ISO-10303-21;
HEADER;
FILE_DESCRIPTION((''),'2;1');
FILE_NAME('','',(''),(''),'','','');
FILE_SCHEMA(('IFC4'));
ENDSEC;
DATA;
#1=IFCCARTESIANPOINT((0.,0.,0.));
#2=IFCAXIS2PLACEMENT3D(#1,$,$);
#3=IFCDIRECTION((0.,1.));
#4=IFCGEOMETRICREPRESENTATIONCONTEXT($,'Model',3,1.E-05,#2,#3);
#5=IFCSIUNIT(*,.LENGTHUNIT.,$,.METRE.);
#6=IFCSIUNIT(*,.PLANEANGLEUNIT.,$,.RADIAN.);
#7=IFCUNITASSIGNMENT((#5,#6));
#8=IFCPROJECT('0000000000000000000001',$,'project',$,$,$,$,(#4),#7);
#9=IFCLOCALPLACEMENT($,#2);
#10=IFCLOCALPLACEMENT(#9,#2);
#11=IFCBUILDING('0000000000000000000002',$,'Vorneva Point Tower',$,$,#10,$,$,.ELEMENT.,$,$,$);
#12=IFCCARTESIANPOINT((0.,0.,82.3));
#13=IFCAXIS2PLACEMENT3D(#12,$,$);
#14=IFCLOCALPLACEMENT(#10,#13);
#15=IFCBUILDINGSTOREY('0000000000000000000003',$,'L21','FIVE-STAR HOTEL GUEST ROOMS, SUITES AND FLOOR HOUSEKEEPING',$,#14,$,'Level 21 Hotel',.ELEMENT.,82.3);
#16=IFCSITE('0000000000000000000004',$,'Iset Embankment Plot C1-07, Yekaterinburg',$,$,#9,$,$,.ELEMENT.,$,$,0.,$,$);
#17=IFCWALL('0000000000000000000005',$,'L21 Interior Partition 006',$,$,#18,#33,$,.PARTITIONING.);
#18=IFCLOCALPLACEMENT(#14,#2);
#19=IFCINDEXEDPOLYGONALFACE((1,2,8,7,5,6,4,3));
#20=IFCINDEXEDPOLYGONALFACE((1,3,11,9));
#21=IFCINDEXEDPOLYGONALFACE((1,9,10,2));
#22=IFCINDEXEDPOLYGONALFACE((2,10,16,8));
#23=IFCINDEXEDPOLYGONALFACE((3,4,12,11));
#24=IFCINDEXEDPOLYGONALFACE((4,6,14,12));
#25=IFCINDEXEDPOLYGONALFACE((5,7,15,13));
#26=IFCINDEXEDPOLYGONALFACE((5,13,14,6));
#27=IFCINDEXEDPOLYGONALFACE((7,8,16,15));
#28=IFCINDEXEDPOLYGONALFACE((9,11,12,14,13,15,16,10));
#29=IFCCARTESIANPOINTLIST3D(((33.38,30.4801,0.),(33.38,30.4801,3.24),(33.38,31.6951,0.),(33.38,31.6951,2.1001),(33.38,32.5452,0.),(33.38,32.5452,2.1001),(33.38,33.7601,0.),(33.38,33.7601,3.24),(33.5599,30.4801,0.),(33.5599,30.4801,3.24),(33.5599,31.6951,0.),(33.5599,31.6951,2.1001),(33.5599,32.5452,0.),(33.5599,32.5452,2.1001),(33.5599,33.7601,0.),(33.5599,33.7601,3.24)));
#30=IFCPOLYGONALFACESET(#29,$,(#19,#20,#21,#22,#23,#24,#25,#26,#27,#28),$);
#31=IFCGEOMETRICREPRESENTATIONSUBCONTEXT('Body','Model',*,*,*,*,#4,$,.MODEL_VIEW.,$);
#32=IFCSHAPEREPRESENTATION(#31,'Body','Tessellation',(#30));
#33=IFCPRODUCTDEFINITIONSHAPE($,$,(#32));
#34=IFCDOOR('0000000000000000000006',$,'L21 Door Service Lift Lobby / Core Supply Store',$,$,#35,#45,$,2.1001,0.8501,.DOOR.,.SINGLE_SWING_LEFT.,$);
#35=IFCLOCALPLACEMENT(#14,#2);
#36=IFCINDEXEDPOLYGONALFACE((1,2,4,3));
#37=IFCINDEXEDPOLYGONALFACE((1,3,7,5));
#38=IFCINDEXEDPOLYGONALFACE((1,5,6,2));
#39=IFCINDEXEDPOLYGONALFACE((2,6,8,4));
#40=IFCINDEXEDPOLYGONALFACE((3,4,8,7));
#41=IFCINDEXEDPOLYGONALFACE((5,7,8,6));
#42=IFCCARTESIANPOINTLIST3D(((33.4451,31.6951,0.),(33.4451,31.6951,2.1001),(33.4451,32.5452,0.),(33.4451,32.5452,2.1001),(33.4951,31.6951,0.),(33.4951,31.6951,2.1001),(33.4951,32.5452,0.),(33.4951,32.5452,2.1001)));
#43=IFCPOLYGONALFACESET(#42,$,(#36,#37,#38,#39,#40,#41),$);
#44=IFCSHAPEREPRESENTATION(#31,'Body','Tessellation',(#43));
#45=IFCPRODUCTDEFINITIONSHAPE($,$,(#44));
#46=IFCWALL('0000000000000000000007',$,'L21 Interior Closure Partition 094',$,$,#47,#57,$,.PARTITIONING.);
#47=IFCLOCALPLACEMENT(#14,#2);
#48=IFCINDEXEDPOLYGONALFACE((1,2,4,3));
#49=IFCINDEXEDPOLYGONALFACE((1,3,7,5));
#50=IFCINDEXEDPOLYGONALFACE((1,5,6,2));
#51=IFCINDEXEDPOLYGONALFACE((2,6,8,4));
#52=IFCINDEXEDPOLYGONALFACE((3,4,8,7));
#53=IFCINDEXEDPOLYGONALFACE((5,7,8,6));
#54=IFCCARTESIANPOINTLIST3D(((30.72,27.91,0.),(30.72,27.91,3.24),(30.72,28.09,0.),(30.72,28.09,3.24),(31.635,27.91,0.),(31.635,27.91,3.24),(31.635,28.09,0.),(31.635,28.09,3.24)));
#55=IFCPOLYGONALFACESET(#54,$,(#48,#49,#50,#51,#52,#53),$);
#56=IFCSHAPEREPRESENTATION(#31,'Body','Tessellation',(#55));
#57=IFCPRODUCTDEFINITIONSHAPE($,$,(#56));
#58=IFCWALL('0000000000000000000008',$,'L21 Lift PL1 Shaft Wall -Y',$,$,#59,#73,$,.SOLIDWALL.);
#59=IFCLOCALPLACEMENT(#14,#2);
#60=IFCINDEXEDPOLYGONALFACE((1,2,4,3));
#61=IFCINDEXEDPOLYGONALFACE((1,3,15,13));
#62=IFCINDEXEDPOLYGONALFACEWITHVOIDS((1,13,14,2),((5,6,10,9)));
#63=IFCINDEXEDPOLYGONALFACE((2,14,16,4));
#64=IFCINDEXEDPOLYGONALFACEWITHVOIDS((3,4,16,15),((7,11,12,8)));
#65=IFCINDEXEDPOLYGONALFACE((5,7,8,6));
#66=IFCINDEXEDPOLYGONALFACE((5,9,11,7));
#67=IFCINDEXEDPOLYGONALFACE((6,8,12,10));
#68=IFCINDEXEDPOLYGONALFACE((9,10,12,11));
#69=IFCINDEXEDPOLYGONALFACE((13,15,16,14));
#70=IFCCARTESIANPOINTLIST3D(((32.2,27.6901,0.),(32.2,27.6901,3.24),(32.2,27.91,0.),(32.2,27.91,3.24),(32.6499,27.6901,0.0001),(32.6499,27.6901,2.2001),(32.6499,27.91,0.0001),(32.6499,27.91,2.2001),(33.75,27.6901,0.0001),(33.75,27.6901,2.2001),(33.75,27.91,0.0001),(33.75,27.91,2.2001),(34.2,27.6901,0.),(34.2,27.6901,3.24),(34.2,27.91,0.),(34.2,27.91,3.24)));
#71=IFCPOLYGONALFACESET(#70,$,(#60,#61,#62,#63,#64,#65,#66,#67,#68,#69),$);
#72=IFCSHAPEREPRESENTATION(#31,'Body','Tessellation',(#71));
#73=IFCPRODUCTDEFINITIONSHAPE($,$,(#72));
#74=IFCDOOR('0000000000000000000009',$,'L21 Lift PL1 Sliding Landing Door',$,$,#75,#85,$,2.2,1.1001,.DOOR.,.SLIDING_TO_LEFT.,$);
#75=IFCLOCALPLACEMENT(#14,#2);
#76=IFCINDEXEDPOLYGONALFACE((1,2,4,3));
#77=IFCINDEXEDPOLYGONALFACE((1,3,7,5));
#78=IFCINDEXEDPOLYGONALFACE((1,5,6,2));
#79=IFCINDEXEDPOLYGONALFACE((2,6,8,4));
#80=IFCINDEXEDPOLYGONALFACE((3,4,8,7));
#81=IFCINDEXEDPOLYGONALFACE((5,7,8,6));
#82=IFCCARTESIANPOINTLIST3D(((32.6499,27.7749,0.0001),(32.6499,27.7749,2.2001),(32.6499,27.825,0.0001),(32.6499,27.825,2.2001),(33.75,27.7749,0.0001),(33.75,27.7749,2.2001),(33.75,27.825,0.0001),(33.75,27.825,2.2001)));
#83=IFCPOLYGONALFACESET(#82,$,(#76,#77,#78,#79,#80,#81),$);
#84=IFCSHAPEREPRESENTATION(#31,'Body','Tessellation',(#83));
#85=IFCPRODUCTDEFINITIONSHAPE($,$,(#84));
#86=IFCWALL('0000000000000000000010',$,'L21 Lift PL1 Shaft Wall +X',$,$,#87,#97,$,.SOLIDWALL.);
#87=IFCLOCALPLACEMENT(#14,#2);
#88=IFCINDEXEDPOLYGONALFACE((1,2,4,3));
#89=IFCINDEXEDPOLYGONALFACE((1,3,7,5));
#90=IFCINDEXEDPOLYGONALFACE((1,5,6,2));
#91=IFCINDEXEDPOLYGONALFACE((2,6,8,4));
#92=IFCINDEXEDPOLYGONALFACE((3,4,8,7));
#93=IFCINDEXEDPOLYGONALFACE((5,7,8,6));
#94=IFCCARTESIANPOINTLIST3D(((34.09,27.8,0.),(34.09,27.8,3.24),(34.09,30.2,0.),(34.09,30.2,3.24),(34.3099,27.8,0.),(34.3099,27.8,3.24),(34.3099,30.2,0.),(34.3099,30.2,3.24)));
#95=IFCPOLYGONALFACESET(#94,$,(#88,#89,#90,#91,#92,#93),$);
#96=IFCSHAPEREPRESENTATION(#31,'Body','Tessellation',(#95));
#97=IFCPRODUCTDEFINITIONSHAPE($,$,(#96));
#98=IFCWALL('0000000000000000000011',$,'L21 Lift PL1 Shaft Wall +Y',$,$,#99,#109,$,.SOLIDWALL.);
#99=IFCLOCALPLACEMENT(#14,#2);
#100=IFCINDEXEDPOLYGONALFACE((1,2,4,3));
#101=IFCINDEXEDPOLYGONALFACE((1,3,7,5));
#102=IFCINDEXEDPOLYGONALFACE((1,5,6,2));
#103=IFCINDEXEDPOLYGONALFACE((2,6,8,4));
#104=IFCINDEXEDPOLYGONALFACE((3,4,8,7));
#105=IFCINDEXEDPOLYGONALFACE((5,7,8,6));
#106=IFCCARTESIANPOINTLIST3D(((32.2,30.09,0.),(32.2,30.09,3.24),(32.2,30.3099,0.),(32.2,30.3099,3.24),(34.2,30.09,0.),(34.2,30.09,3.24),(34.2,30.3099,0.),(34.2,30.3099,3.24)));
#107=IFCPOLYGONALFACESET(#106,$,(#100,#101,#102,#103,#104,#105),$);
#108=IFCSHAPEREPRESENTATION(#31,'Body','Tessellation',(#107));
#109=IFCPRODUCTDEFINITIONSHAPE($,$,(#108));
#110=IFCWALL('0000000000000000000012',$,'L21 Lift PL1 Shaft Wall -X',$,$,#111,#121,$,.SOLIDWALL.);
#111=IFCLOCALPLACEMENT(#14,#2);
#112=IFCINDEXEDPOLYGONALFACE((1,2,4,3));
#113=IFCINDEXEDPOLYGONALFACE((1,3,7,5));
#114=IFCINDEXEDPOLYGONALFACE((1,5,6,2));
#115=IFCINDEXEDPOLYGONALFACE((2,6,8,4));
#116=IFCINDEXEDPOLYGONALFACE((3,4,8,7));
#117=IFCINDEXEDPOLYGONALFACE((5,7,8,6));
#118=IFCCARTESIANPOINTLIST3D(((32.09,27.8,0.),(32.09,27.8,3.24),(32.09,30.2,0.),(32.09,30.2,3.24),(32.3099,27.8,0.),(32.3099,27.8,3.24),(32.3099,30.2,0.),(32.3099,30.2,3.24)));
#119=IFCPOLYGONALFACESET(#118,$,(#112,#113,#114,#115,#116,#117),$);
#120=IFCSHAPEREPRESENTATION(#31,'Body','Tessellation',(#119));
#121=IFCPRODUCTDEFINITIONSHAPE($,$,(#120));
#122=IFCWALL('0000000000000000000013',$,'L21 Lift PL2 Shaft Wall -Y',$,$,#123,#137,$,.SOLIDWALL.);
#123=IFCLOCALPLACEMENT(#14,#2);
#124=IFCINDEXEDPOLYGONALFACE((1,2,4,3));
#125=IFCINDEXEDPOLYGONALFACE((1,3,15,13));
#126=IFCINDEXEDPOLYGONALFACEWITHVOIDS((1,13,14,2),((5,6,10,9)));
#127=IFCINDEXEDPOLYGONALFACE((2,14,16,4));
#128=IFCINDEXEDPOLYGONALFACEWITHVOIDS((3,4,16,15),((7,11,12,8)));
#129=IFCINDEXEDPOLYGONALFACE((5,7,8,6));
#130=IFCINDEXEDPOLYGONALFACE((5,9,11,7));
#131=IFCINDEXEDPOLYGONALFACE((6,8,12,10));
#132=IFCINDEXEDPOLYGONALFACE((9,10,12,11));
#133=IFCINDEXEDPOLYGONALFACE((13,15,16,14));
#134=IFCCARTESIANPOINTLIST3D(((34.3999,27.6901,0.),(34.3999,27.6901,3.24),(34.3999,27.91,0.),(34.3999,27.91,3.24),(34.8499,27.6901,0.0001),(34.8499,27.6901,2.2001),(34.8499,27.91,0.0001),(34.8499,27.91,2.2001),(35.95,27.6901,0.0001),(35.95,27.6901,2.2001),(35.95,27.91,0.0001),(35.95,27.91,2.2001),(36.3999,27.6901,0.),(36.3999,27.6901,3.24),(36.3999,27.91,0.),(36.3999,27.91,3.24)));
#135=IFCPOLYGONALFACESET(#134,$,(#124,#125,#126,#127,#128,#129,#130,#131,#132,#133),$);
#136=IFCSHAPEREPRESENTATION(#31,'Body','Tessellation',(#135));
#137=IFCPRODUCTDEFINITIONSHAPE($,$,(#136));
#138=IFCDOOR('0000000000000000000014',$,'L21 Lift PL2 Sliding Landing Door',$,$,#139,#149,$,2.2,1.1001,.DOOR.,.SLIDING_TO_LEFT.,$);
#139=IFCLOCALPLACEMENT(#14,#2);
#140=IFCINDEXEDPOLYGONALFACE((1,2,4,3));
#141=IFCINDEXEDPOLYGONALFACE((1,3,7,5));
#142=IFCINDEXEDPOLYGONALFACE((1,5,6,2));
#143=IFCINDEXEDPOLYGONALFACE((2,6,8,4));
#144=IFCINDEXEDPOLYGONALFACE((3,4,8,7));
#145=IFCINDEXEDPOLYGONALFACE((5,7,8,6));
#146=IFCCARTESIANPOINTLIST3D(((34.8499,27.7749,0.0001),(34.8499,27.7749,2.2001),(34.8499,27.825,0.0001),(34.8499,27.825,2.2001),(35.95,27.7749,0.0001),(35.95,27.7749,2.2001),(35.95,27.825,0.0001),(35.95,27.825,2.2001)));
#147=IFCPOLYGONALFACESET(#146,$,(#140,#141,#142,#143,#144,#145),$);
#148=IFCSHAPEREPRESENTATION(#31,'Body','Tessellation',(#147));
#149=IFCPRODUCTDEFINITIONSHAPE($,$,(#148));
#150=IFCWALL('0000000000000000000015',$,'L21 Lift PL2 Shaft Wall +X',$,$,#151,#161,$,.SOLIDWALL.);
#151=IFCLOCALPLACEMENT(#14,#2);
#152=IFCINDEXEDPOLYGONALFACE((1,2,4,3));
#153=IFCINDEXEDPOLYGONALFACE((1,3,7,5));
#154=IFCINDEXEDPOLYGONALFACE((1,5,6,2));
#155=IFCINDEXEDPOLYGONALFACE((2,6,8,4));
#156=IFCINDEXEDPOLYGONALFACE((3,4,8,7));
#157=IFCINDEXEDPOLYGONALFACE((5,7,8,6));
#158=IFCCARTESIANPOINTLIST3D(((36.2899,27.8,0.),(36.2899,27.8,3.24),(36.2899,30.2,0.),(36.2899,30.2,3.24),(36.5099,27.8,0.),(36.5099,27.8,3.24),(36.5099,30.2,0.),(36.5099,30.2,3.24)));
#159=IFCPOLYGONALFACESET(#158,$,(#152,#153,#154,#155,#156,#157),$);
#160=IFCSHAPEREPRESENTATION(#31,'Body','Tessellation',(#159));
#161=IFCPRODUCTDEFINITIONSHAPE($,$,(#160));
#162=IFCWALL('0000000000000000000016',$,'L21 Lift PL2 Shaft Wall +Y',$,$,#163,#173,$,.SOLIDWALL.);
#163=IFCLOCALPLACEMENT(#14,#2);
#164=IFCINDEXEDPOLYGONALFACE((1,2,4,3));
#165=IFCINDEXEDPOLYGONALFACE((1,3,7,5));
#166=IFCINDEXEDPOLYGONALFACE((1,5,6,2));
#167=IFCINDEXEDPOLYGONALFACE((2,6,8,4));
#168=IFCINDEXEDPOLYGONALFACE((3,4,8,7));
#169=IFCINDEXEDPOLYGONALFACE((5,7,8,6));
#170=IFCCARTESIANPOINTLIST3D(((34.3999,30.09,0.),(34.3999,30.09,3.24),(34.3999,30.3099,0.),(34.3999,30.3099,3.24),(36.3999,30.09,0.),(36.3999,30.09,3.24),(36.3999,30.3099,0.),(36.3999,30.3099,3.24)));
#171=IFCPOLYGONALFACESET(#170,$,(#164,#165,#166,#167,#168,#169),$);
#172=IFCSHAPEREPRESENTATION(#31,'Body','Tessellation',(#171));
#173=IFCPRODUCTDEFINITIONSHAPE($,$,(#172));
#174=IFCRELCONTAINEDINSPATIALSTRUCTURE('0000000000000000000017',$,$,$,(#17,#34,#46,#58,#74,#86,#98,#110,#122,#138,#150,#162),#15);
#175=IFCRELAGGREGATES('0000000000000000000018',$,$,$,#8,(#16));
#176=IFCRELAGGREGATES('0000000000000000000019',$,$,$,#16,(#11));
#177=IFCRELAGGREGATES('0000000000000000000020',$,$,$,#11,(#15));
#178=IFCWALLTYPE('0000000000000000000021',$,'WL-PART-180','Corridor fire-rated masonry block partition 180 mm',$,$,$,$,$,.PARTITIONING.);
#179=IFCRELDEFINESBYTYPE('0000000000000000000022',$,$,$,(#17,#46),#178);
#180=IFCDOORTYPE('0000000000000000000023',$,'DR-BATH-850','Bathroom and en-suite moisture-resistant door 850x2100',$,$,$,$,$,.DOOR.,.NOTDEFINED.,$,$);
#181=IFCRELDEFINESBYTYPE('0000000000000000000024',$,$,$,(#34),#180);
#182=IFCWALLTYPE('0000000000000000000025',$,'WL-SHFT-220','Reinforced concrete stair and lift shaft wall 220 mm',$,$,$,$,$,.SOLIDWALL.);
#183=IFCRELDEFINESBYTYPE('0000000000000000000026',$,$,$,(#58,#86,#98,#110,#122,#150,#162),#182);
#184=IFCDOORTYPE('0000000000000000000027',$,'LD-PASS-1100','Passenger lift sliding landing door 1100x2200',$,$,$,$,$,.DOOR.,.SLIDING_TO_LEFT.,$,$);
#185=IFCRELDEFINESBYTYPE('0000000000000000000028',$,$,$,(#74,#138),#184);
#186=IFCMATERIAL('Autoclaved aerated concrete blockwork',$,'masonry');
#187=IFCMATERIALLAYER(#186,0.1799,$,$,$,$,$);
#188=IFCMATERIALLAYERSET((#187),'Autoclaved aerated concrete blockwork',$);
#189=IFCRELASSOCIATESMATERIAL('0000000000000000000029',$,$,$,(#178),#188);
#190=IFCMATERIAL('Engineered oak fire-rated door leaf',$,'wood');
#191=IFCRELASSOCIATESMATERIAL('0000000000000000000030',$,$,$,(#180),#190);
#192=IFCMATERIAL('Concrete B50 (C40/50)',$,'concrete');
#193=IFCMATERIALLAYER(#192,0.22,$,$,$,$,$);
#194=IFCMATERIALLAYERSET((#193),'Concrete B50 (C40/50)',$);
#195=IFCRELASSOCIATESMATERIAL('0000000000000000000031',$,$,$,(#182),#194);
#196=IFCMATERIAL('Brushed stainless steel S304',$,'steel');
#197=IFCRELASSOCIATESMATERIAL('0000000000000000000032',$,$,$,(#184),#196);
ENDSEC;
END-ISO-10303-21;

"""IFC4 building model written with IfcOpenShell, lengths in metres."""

from ifc_helpers import new_model, si_unit, direction, frame, frame_2d, origin, place, context, subcontext, project, spatial, rectangle, extrude, material, layer, layer_set, type_object, element, fill, save


model = new_model("IFC4")

# Units and contexts
model_context = context("Model", 3, precision=1e-05, world=origin(), true_north=direction((0.0, 1.0)))
body_context = subcontext(model_context, "Body", "Model", "MODEL_VIEW")
ifc_project = project(units=[si_unit("LENGTHUNIT", "METRE"), si_unit("PLANEANGLEUNIT", "RADIAN")], contexts=[model_context])

# Site, building, storey
site_placement = place(None, origin())
site = spatial("IfcSite", under=ifc_project, at=site_placement, Name="Iset Embankment Plot C1-07, Yekaterinburg", CompositionType="ELEMENT", RefElevation=0.0)
building_placement = place(site_placement, origin())
building = spatial("IfcBuilding", under=site, at=building_placement, Name="Vorneva Point Tower", CompositionType="ELEMENT")
storey_placement = place(building_placement, frame((0.0, 0.0, 82.3)))
storey = spatial("IfcBuildingStorey", under=building, at=storey_placement, Name="L21", Description="FIVE-STAR HOTEL GUEST ROOMS, SUITES AND FLOOR HOUSEKEEPING", LongName="Level 21 Hotel", CompositionType="ELEMENT", Elevation=82.3)

# Shared definitions
ifc_material_1 = material(Name="Brushed stainless steel S304", Category="steel")

# Wall, opening, door
ifc_material_2 = material(Name="Autoclaved aerated concrete blockwork", Category="masonry")
ifc_layer_1 = layer(ifc_material_2, 0.1799)
ifc_layer_set_1 = layer_set([ifc_layer_1], Name="Autoclaved aerated concrete blockwork")
wall_type_1 = type_object("IfcWallType", Name="WL-PART-180", Description="Corridor fire-rated masonry block partition 180 mm", PredefinedType="PARTITIONING", material=ifc_layer_set_1)
wall_1_placement = place(storey_placement, frame((33.47, 30.48, 0.0), z_axis=(0.0, 0.0, 1.0), x_axis=(0.0, 1.0, 0.0)))
wall_1 = element("IfcWall", 1, at=wall_1_placement, inside=storey, type_object=wall_type_1, Name="L21 Interior Partition 006", PredefinedType="PARTITIONING", context=body_context, shape_type="SweptSolid", body=[
    extrude(rectangle(XDim=3.28, YDim=0.1799, at=frame_2d((1.6401, 0.0))), origin(), (0.0, 0.0, 1.0), 3.24),
])
opening_1_placement = place(wall_1_placement, frame((1.2151, 0.0, 0.0)))
opening_1 = element("IfcOpeningElement", 2, at=opening_1_placement, cuts=wall_1, PredefinedType="OPENING", context=body_context, shape_type="SweptSolid", body=[
    extrude(rectangle(XDim=0.8501, YDim=2.1001, at=frame_2d((0.425, 1.05))), frame((0.0, 0.105, 0.0), z_axis=(0.0, -1.0, 0.0), x_axis=(1.0, 0.0, 0.0)), (0.0, 0.0, 1.0), 0.2097),
])
ifc_material_3 = material(Name="Engineered oak fire-rated door leaf", Category="wood")
door_type_1 = type_object("IfcDoorType", Name="DR-BATH-850", Description="Bathroom and en-suite moisture-resistant door 850x2100", OperationType="NOTDEFINED", PredefinedType="DOOR", material=ifc_material_3)
door_1_placement = place(opening_1_placement, origin())
door_1 = element("IfcDoor", 3, at=door_1_placement, inside=storey, type_object=door_type_1, Name="L21 Door Service Lift Lobby / Core Supply Store", OperationType="SINGLE_SWING_LEFT", OverallHeight=2.1001, OverallWidth=0.8501, PredefinedType="DOOR", context=body_context, shape_type="SweptSolid", body=[
    extrude(rectangle(XDim=0.8501, YDim=2.1001, at=frame_2d((0.425, 1.05))), frame((0.0, 0.0249, 0.0), z_axis=(0.0, -1.0, 0.0), x_axis=(1.0, 0.0, 0.0)), (0.0, 0.0, 1.0), 0.05),
])
fill(opening_1, door_1)

# Wall
wall_2_placement = place(storey_placement, frame((31.635, 28.0, 0.0), z_axis=(0.0, 0.0, 1.0), x_axis=(-1.0, 0.0, 0.0)))
element("IfcWall", 4, at=wall_2_placement, inside=storey, type_object=wall_type_1, Name="L21 Interior Closure Partition 094", PredefinedType="PARTITIONING", context=body_context, shape_type="SweptSolid", body=[
    extrude(rectangle(XDim=0.915, YDim=0.1799, at=frame_2d((0.4575, 0.0))), origin(), (0.0, 0.0, 1.0), 3.24),
])

# Wall, opening, door
ifc_material_4 = material(Name="Concrete B50 (C40/50)", Category="concrete")
ifc_layer_2 = layer(ifc_material_4, 0.22)
ifc_layer_set_2 = layer_set([ifc_layer_2], Name="Concrete B50 (C40/50)")
wall_type_2 = type_object("IfcWallType", Name="WL-SHFT-220", Description="Reinforced concrete stair and lift shaft wall 220 mm", PredefinedType="SOLIDWALL", material=ifc_layer_set_2)
wall_3_placement = place(storey_placement, frame((32.2, 27.8, 0.0), z_axis=(0.0, 0.0, 1.0), x_axis=(1.0, 0.0, 0.0)))
wall_3 = element("IfcWall", 5, at=wall_3_placement, inside=storey, type_object=wall_type_2, Name="L21 Lift PL1 Shaft Wall -Y", PredefinedType="SOLIDWALL", context=body_context, shape_type="SweptSolid", body=[
    extrude(rectangle(XDim=2.0, YDim=0.22, at=frame_2d((1.0, 0.0))), origin(), (0.0, 0.0, 1.0), 3.24),
])
opening_2_placement = place(wall_3_placement, frame((0.45, 0.0, 0.0)))
opening_2 = element("IfcOpeningElement", 6, at=opening_2_placement, cuts=wall_3, PredefinedType="OPENING", context=body_context, shape_type="SweptSolid", body=[
    extrude(rectangle(XDim=1.1001, YDim=2.2, at=frame_2d((0.55, 1.1001))), frame((0.0, 0.125, 0.0), z_axis=(0.0, -1.0, 0.0), x_axis=(1.0, 0.0, 0.0)), (0.0, 0.0, 1.0), 0.2498),
])
door_type_2 = type_object("IfcDoorType", Name="LD-PASS-1100", Description="Passenger lift sliding landing door 1100x2200", OperationType="SLIDING_TO_LEFT", PredefinedType="DOOR", material=ifc_material_1)
door_2_placement = place(opening_2_placement, origin())
door_2 = element("IfcDoor", 7, at=door_2_placement, inside=storey, type_object=door_type_2, Name="L21 Lift PL1 Sliding Landing Door", OperationType="SLIDING_TO_LEFT", OverallHeight=2.2, OverallWidth=1.1001, PredefinedType="DOOR", context=body_context, shape_type="SweptSolid", body=[
    extrude(rectangle(XDim=1.1001, YDim=2.2, at=frame_2d((0.55, 1.1001))), frame((0.0, 0.0249, 0.0), z_axis=(0.0, -1.0, 0.0), x_axis=(1.0, 0.0, 0.0)), (0.0, 0.0, 1.0), 0.05),
])
fill(opening_2, door_2)

# Walls
wall_4_placement = place(storey_placement, frame((34.2, 27.8, 0.0), z_axis=(0.0, 0.0, 1.0), x_axis=(0.0, 1.0, 0.0)))
element("IfcWall", 8, at=wall_4_placement, inside=storey, type_object=wall_type_2, Name="L21 Lift PL1 Shaft Wall +X", PredefinedType="SOLIDWALL", context=body_context, shape_type="SweptSolid", body=[
    extrude(rectangle(XDim=2.3999, YDim=0.22, at=frame_2d((1.2, 0.0))), origin(), (0.0, 0.0, 1.0), 3.24),
])
wall_5_placement = place(storey_placement, frame((34.2, 30.2, 0.0), z_axis=(0.0, 0.0, 1.0), x_axis=(-1.0, 0.0, 0.0)))
element("IfcWall", 9, at=wall_5_placement, inside=storey, type_object=wall_type_2, Name="L21 Lift PL1 Shaft Wall +Y", PredefinedType="SOLIDWALL", context=body_context, shape_type="SweptSolid", body=[
    extrude(rectangle(XDim=2.0, YDim=0.22, at=frame_2d((1.0, 0.0))), origin(), (0.0, 0.0, 1.0), 3.24),
])
wall_6_placement = place(storey_placement, frame((32.2, 30.2, 0.0), z_axis=(0.0, 0.0, 1.0), x_axis=(0.0, -1.0, 0.0)))
element("IfcWall", 10, at=wall_6_placement, inside=storey, type_object=wall_type_2, Name="L21 Lift PL1 Shaft Wall -X", PredefinedType="SOLIDWALL", context=body_context, shape_type="SweptSolid", body=[
    extrude(rectangle(XDim=2.3999, YDim=0.22, at=frame_2d((1.2, 0.0))), origin(), (0.0, 0.0, 1.0), 3.24),
])

# Wall, opening, door
wall_7_placement = place(storey_placement, frame((34.3999, 27.8, 0.0), z_axis=(0.0, 0.0, 1.0), x_axis=(1.0, 0.0, 0.0)))
wall_7 = element("IfcWall", 11, at=wall_7_placement, inside=storey, type_object=wall_type_2, Name="L21 Lift PL2 Shaft Wall -Y", PredefinedType="SOLIDWALL", context=body_context, shape_type="SweptSolid", body=[
    extrude(rectangle(XDim=2.0, YDim=0.22, at=frame_2d((1.0, 0.0))), origin(), (0.0, 0.0, 1.0), 3.24),
])
opening_3_placement = place(wall_7_placement, frame((0.45, 0.0, 0.0)))
opening_3 = element("IfcOpeningElement", 12, at=opening_3_placement, cuts=wall_7, PredefinedType="OPENING", context=body_context, shape_type="SweptSolid", body=[
    extrude(rectangle(XDim=1.1001, YDim=2.2, at=frame_2d((0.55, 1.1001))), frame((0.0, 0.125, 0.0), z_axis=(0.0, -1.0, 0.0), x_axis=(1.0, 0.0, 0.0)), (0.0, 0.0, 1.0), 0.2498),
])
door_3_placement = place(opening_3_placement, origin())
door_3 = element("IfcDoor", 13, at=door_3_placement, inside=storey, type_object=door_type_2, Name="L21 Lift PL2 Sliding Landing Door", OperationType="SLIDING_TO_LEFT", OverallHeight=2.2, OverallWidth=1.1001, PredefinedType="DOOR", context=body_context, shape_type="SweptSolid", body=[
    extrude(rectangle(XDim=1.1001, YDim=2.2, at=frame_2d((0.55, 1.1001))), frame((0.0, 0.0249, 0.0), z_axis=(0.0, -1.0, 0.0), x_axis=(1.0, 0.0, 0.0)), (0.0, 0.0, 1.0), 0.05),
])
fill(opening_3, door_3)

# Walls
wall_8_placement = place(storey_placement, frame((36.3999, 27.8, 0.0), z_axis=(0.0, 0.0, 1.0), x_axis=(0.0, 1.0, 0.0)))
element("IfcWall", 14, at=wall_8_placement, inside=storey, type_object=wall_type_2, Name="L21 Lift PL2 Shaft Wall +X", PredefinedType="SOLIDWALL", context=body_context, shape_type="SweptSolid", body=[
    extrude(rectangle(XDim=2.3999, YDim=0.22, at=frame_2d((1.2, 0.0))), origin(), (0.0, 0.0, 1.0), 3.24),
])
wall_9_placement = place(storey_placement, frame((36.3999, 30.2, 0.0), z_axis=(0.0, 0.0, 1.0), x_axis=(-1.0, 0.0, 0.0)))
element("IfcWall", 15, at=wall_9_placement, inside=storey, type_object=wall_type_2, Name="L21 Lift PL2 Shaft Wall +Y", PredefinedType="SOLIDWALL", context=body_context, shape_type="SweptSolid", body=[
    extrude(rectangle(XDim=2.0, YDim=0.22, at=frame_2d((1.0, 0.0))), origin(), (0.0, 0.0, 1.0), 3.24),
])

save(model, "model.ifc")
